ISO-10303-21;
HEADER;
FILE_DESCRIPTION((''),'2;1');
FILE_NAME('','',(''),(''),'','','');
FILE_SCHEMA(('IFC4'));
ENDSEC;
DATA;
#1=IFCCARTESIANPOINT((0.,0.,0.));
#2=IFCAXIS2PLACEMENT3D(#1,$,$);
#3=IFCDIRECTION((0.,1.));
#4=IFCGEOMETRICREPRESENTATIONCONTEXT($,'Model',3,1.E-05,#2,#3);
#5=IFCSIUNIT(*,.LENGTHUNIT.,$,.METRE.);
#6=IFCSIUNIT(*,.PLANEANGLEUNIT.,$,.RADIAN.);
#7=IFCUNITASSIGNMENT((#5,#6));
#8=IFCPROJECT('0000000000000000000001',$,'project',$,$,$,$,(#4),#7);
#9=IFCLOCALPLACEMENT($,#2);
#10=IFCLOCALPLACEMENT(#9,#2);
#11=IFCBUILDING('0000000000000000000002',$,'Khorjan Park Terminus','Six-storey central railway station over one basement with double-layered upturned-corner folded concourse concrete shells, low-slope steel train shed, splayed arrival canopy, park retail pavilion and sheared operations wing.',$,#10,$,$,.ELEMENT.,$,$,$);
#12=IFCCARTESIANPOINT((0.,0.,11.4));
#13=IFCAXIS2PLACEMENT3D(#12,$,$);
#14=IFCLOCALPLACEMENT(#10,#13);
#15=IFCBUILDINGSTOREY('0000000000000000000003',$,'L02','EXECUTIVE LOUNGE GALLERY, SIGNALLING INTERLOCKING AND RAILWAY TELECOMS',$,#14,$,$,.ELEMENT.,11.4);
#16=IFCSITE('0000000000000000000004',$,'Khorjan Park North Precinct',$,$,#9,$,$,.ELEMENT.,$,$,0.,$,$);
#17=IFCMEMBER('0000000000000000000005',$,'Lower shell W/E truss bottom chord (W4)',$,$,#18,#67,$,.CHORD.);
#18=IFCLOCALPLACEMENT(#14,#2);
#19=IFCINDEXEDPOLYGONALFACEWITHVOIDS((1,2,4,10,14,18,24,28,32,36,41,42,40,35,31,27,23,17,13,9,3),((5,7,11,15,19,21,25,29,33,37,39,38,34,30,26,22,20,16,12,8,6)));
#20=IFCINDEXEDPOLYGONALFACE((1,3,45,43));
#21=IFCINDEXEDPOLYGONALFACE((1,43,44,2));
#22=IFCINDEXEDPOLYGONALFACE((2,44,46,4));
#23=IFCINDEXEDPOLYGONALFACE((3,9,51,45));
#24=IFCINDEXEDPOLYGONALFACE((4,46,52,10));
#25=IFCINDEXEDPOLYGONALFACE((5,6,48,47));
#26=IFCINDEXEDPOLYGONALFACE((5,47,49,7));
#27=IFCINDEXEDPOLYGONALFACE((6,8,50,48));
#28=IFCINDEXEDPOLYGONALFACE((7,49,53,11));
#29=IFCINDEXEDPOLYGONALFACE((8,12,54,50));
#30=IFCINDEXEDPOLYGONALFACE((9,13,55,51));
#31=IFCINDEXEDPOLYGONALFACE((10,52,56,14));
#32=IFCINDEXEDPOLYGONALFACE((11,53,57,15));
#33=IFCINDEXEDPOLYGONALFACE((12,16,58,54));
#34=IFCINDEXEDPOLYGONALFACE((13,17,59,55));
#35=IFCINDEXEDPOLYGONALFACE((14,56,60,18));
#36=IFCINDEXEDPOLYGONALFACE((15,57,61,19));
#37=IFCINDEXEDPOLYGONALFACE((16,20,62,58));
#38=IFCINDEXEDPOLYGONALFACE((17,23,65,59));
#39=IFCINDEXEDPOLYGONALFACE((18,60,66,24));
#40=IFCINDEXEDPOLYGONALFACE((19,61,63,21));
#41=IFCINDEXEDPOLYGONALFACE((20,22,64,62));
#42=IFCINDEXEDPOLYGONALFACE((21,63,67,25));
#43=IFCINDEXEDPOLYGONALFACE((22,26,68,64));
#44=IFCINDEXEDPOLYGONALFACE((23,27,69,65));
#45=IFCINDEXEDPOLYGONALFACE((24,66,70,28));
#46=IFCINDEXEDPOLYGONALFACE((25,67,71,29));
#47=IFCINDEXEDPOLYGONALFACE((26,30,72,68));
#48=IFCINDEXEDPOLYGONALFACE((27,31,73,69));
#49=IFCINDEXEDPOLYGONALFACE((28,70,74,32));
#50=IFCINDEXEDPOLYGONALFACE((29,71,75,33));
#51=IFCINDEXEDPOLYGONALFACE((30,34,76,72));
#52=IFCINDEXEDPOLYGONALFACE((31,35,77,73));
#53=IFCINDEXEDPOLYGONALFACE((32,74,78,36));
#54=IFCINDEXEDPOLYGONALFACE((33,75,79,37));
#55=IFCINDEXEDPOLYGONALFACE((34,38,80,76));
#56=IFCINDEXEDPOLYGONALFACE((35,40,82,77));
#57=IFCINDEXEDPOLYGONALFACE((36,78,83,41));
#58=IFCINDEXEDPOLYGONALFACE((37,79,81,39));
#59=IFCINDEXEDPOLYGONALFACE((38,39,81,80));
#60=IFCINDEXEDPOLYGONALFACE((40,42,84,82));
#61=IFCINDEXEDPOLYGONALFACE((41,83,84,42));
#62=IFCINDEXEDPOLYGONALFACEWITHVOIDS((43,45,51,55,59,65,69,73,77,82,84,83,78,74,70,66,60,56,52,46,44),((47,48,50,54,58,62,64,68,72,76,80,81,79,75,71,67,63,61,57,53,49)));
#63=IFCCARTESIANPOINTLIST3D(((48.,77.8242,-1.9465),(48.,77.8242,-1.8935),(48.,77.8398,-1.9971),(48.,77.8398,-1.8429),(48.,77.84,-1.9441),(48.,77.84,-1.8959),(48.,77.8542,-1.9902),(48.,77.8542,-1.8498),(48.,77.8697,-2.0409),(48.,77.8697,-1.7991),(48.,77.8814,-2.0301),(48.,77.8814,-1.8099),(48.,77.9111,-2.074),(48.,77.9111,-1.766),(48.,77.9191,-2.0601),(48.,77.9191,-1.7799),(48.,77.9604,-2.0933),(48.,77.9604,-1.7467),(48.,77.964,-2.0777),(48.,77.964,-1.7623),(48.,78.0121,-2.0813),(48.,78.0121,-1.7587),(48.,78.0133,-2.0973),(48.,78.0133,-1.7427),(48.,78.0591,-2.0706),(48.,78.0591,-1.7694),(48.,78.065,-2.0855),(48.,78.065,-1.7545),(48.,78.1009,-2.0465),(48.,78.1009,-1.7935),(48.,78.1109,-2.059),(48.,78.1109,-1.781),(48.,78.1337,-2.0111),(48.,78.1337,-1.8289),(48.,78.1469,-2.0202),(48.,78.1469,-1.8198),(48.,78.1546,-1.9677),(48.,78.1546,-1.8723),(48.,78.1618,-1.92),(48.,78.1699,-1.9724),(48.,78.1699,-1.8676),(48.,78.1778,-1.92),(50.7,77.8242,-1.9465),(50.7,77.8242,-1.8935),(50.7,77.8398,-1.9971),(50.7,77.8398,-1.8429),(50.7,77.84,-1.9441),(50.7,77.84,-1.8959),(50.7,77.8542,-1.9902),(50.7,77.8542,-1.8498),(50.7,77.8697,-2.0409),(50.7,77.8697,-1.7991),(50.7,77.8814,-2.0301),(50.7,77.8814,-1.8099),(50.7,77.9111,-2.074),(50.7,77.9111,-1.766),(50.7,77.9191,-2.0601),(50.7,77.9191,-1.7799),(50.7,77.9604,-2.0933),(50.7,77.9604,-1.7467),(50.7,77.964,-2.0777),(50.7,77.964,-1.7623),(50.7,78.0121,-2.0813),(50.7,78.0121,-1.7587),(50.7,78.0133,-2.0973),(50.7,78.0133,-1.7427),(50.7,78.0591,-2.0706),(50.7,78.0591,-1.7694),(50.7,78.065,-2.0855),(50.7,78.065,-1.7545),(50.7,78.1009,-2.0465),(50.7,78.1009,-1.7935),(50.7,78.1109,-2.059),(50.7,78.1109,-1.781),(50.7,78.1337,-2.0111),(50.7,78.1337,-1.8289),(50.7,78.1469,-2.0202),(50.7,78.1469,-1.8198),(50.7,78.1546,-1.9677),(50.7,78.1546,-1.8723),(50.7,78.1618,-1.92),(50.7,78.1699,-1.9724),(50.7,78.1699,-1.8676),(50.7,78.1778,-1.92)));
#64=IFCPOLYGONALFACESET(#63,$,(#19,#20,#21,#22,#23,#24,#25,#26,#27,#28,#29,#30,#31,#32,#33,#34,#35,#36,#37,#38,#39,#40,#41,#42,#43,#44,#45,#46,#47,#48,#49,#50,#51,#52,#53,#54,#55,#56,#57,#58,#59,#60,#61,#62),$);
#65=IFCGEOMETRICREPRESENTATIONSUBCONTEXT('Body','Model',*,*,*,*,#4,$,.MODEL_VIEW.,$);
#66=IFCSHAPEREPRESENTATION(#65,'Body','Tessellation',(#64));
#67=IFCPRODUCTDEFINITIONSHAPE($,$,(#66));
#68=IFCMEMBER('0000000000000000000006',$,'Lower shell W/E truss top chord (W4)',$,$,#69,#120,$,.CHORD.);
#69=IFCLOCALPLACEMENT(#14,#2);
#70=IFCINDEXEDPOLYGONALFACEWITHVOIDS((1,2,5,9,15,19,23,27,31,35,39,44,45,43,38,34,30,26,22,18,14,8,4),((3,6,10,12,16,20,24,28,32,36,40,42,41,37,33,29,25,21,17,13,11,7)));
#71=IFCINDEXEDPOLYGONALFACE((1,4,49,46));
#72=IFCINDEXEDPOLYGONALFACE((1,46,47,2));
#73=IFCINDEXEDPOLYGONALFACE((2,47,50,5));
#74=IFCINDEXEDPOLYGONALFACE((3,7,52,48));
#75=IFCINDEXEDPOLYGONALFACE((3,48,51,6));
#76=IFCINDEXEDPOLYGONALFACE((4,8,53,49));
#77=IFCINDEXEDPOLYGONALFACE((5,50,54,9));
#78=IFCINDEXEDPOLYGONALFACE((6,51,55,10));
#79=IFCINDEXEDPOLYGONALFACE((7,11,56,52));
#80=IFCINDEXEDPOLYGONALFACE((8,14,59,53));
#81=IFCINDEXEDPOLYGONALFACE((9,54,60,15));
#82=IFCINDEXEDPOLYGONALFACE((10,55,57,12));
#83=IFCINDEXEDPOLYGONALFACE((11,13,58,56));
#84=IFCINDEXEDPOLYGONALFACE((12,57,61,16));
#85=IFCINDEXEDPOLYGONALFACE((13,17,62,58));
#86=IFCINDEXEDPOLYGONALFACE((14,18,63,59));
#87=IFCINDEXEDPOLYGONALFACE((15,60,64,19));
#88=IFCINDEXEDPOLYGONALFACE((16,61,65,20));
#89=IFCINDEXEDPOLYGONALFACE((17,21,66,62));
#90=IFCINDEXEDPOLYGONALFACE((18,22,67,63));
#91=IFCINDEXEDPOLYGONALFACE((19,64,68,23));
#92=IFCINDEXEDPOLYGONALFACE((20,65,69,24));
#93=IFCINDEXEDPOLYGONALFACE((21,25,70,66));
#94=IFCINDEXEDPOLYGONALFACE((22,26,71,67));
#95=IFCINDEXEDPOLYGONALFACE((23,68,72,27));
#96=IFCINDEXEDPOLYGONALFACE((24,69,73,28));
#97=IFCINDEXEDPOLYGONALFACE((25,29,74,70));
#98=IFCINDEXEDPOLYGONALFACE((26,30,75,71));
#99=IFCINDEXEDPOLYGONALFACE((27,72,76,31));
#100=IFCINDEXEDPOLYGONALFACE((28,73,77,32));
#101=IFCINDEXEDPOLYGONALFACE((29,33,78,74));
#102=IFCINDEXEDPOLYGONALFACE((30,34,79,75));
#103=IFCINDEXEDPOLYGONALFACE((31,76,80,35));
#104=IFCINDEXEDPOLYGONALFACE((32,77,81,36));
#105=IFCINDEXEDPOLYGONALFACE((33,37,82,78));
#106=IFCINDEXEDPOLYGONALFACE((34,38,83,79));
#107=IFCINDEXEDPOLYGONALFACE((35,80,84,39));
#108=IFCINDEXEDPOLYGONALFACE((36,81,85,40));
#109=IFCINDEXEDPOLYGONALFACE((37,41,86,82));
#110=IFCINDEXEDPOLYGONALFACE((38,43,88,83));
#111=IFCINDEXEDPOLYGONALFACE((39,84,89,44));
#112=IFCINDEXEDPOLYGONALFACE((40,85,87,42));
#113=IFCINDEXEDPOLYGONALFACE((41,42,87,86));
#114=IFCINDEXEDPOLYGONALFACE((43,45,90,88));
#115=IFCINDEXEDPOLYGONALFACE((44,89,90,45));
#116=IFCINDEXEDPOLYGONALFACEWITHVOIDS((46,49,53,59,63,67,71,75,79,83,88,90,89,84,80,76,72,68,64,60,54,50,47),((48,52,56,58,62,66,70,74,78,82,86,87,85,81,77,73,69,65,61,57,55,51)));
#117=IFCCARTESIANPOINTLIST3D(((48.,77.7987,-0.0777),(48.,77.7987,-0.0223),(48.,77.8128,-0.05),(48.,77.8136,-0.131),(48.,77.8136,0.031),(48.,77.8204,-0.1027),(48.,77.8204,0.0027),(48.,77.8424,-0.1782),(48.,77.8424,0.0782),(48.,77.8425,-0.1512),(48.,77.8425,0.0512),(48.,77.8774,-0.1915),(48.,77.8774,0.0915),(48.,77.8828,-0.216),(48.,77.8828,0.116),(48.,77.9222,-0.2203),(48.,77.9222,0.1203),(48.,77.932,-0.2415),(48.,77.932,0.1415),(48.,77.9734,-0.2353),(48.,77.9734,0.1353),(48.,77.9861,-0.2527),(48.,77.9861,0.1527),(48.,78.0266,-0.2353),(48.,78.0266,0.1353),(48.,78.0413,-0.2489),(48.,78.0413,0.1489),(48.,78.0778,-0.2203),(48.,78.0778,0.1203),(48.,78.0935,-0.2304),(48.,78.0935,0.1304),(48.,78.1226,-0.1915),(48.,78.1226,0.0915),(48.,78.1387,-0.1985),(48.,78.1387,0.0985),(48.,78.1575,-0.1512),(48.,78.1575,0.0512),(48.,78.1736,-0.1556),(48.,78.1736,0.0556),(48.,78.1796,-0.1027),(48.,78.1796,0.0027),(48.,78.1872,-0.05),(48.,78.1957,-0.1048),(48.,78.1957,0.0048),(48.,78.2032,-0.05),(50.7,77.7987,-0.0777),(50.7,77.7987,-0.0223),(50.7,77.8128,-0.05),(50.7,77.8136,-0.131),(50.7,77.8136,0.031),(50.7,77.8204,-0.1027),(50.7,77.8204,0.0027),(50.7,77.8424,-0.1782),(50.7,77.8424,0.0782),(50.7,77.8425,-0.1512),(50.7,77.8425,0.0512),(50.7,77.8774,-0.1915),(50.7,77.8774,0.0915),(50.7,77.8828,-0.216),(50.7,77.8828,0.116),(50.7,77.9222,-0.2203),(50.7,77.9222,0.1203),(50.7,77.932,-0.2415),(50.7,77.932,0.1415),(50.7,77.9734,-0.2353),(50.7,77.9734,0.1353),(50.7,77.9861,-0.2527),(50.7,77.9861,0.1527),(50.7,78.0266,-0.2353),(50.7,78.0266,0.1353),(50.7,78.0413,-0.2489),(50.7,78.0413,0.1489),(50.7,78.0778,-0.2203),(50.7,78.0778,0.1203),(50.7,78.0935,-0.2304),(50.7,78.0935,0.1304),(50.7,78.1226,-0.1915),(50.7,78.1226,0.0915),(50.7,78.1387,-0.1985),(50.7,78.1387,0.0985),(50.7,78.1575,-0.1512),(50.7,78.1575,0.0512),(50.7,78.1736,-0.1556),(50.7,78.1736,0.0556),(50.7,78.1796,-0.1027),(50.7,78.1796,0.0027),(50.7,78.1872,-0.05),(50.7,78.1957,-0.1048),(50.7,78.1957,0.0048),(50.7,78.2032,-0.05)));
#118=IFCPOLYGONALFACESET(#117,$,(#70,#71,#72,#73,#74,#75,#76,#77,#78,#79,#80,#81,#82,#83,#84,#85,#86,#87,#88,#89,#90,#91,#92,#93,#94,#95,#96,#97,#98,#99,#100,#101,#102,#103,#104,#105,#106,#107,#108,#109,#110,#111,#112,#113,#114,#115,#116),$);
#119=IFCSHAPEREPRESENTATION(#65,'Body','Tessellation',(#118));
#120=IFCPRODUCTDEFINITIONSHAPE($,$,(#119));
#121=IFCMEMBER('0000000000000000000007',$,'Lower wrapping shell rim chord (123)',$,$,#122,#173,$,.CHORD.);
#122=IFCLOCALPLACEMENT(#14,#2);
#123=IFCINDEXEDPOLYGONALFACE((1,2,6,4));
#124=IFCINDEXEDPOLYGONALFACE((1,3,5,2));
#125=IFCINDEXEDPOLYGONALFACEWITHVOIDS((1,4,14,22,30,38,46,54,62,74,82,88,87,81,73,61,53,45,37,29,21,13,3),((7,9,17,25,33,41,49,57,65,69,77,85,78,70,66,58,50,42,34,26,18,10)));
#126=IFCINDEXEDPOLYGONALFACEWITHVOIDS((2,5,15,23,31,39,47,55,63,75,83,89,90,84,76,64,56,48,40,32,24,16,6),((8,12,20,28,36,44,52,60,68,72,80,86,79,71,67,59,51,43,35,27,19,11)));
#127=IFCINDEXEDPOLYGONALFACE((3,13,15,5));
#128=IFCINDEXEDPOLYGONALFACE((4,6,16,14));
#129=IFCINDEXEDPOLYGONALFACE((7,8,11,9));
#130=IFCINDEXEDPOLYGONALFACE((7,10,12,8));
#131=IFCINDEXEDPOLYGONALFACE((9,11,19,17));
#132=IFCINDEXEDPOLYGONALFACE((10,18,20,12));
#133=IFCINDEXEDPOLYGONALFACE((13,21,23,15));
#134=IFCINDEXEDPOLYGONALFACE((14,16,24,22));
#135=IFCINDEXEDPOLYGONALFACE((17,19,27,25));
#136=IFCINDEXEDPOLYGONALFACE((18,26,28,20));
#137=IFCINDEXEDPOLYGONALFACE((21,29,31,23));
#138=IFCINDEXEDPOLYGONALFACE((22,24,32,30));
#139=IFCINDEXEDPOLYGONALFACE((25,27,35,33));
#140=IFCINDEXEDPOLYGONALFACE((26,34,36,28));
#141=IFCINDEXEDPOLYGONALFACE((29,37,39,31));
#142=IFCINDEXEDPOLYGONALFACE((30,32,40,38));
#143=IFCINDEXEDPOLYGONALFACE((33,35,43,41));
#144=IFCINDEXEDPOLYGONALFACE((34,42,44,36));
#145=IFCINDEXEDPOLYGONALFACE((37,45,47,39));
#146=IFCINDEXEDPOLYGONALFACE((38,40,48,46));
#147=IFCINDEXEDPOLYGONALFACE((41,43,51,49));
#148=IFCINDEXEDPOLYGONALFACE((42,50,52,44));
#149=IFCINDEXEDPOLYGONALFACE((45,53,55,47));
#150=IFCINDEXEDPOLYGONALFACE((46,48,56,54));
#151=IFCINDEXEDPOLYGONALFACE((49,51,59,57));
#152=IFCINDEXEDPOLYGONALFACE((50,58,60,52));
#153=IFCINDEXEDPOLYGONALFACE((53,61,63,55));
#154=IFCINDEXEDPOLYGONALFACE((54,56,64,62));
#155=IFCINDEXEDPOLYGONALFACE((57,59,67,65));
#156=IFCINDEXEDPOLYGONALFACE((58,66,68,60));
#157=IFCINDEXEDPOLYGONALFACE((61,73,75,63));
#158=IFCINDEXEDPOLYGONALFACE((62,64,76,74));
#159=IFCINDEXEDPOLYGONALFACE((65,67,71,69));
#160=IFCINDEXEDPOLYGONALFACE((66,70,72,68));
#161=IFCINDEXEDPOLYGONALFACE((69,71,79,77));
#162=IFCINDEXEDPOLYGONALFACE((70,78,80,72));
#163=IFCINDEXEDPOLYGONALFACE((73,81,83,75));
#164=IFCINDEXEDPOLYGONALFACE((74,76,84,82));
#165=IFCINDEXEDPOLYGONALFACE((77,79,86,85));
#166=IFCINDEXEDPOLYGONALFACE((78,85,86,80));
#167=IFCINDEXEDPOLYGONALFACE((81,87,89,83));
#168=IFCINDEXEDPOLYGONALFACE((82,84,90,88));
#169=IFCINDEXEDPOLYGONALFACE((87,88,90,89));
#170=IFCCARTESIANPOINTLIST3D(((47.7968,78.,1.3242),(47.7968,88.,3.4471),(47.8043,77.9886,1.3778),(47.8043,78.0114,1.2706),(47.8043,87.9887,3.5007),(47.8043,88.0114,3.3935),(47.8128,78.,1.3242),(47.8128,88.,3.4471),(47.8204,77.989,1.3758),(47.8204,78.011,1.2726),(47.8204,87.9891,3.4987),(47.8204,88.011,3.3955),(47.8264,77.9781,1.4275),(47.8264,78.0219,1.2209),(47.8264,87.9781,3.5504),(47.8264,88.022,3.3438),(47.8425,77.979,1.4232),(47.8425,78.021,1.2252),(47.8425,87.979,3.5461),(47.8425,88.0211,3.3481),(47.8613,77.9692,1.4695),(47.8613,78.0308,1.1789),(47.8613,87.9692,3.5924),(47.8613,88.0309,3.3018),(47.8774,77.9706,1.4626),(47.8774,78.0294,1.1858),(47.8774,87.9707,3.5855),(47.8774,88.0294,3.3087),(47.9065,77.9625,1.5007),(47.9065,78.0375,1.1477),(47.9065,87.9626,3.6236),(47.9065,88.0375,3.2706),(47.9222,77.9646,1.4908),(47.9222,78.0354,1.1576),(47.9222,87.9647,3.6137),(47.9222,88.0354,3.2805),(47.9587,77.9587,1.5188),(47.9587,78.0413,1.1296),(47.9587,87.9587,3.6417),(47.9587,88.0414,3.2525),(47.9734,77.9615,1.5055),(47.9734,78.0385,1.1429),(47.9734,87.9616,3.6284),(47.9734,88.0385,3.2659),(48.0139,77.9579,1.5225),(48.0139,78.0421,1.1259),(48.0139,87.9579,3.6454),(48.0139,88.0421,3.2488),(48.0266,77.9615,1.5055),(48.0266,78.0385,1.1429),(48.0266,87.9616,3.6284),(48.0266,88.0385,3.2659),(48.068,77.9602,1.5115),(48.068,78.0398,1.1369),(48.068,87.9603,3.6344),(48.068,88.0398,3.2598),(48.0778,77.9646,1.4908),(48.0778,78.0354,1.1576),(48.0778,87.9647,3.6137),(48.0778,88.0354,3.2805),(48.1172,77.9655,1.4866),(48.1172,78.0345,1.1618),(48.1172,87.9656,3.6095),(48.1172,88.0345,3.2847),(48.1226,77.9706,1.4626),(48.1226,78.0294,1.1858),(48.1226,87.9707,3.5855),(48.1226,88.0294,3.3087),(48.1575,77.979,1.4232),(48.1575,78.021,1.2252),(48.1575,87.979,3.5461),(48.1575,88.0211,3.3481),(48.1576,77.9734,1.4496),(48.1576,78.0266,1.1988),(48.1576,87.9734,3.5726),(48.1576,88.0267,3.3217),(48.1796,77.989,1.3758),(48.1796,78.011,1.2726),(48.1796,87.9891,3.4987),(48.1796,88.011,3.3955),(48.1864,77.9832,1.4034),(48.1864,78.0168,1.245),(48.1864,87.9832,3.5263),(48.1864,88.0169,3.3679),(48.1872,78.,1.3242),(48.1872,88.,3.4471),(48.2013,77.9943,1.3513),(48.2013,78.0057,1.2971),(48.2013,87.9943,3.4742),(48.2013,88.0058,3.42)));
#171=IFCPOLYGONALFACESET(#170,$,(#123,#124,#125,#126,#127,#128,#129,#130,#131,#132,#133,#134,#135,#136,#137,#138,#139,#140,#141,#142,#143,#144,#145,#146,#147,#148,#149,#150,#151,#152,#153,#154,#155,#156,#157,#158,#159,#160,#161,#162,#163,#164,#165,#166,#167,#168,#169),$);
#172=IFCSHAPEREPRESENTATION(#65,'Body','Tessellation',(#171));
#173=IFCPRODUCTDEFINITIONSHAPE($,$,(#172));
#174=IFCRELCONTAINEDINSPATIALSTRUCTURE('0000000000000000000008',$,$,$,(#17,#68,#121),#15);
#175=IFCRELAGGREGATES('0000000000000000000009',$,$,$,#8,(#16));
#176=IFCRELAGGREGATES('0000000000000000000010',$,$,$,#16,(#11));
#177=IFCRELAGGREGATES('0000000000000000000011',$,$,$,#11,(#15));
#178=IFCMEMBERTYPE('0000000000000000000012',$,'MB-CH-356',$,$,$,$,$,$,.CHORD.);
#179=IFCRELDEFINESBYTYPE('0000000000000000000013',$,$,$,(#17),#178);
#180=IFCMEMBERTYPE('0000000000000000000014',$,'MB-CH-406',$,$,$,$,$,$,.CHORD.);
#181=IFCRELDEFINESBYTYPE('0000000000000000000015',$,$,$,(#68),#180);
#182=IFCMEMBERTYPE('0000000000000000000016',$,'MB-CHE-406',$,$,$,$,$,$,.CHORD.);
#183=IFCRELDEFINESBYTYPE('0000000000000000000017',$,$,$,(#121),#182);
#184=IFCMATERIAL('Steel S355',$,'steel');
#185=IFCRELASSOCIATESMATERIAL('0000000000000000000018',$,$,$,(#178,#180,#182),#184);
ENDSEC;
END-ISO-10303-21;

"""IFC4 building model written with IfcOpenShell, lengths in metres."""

from ifc_helpers import new_model, si_unit, direction, frame, origin, origin_2d, place, context, subcontext, project, spatial, hollow_circle, extrude, material, material_profile, profile_set, type_object, element, save


model = new_model("IFC4")

# Units and contexts
model_context = context("Model", 3, precision=1e-05, world=origin(), true_north=direction((0.0, 1.0)))
body_context = subcontext(model_context, "Body", "Model", "MODEL_VIEW")
ifc_project = project(units=[si_unit("LENGTHUNIT", "METRE"), si_unit("PLANEANGLEUNIT", "RADIAN")], contexts=[model_context])

# Site, building, storey
site_placement = place(None, origin())
site = spatial("IfcSite", under=ifc_project, at=site_placement, Name="Khorjan Park North Precinct", CompositionType="ELEMENT", RefElevation=0.0)
building_placement = place(site_placement, origin())
building = spatial("IfcBuilding", under=site, at=building_placement, Name="Khorjan Park Terminus", Description="Six-storey central railway station over one basement with double-layered upturned-corner folded concourse concrete shells, low-slope steel train shed, splayed arrival canopy, park retail pavilion and sheared operations wing.", CompositionType="ELEMENT")
storey_placement = place(building_placement, frame((0.0, 0.0, 11.4)))
storey = spatial("IfcBuildingStorey", under=building, at=storey_placement, Name="L02", Description="EXECUTIVE LOUNGE GALLERY, SIGNALLING INTERLOCKING AND RAILWAY TELECOMS", CompositionType="ELEMENT", Elevation=11.4)

# Shared definitions
ifc_material_1 = material(Name="Steel S355", Category="steel")

# Members
ifc_material_profile_1 = material_profile(ifc_material_1, hollow_circle(Radius=0.1778, WallThickness=0.016, at=origin_2d()), Name="CHS 355.6x16")
ifc_profile_set_1 = profile_set([ifc_material_profile_1], Name="Steel S355")
member_type_1 = type_object("IfcMemberType", Name="MB-CH-356", PredefinedType="CHORD", material=ifc_profile_set_1)
member_1_placement = place(storey_placement, frame((48.0, 78.0, -1.92), z_axis=(1.0, 0.0, 0.0), x_axis=(0.0, 1.0, 0.0)))
element("IfcMember", 1, at=member_1_placement, inside=storey, type_object=member_type_1, Name="Lower shell W/E truss bottom chord (W4)", PredefinedType="CHORD", context=body_context, shape_type="SweptSolid", body=[
    extrude(hollow_circle(Radius=0.1778, WallThickness=0.016, at=origin_2d()), origin(), (0.0, 0.0, 1.0), 2.7),
])
ifc_material_profile_2 = material_profile(ifc_material_1, hollow_circle(Radius=0.2032, WallThickness=0.016, at=origin_2d()), Name="CHS 406.4x16")
ifc_profile_set_2 = profile_set([ifc_material_profile_2], Name="Steel S355")
member_type_2 = type_object("IfcMemberType", Name="MB-CH-406", PredefinedType="CHORD", material=ifc_profile_set_2)
member_2_placement = place(storey_placement, frame((48.0, 78.0, -0.05), z_axis=(1.0, 0.0, 0.0), x_axis=(0.0, 1.0, 0.0)))
element("IfcMember", 2, at=member_2_placement, inside=storey, type_object=member_type_2, Name="Lower shell W/E truss top chord (W4)", PredefinedType="CHORD", context=body_context, shape_type="SweptSolid", body=[
    extrude(hollow_circle(Radius=0.2032, WallThickness=0.016, at=origin_2d()), origin(), (0.0, 0.0, 1.0), 2.7),
])
ifc_material_profile_3 = material_profile(ifc_material_1, hollow_circle(Radius=0.2032, WallThickness=0.016, at=origin_2d()), Name="CHS 406.4x16")
ifc_profile_set_3 = profile_set([ifc_material_profile_3], Name="Steel S355")
member_type_3 = type_object("IfcMemberType", Name="MB-CHE-406", PredefinedType="CHORD", material=ifc_profile_set_3)
member_3_placement = place(storey_placement, frame((48.0, 78.0, 1.3242), z_axis=(0.0, 0.978201, 0.207662), x_axis=(-1.0, 0.0, 0.0)))
element("IfcMember", 3, at=member_3_placement, inside=storey, type_object=member_type_3, Name="Lower wrapping shell rim chord (123)", PredefinedType="CHORD", context=body_context, shape_type="SweptSolid", body=[
    extrude(hollow_circle(Radius=0.2032, WallThickness=0.016, at=origin_2d()), origin(), (0.0, 0.0, 1.0), 10.2229),
])

save(model, "model.ifc")
